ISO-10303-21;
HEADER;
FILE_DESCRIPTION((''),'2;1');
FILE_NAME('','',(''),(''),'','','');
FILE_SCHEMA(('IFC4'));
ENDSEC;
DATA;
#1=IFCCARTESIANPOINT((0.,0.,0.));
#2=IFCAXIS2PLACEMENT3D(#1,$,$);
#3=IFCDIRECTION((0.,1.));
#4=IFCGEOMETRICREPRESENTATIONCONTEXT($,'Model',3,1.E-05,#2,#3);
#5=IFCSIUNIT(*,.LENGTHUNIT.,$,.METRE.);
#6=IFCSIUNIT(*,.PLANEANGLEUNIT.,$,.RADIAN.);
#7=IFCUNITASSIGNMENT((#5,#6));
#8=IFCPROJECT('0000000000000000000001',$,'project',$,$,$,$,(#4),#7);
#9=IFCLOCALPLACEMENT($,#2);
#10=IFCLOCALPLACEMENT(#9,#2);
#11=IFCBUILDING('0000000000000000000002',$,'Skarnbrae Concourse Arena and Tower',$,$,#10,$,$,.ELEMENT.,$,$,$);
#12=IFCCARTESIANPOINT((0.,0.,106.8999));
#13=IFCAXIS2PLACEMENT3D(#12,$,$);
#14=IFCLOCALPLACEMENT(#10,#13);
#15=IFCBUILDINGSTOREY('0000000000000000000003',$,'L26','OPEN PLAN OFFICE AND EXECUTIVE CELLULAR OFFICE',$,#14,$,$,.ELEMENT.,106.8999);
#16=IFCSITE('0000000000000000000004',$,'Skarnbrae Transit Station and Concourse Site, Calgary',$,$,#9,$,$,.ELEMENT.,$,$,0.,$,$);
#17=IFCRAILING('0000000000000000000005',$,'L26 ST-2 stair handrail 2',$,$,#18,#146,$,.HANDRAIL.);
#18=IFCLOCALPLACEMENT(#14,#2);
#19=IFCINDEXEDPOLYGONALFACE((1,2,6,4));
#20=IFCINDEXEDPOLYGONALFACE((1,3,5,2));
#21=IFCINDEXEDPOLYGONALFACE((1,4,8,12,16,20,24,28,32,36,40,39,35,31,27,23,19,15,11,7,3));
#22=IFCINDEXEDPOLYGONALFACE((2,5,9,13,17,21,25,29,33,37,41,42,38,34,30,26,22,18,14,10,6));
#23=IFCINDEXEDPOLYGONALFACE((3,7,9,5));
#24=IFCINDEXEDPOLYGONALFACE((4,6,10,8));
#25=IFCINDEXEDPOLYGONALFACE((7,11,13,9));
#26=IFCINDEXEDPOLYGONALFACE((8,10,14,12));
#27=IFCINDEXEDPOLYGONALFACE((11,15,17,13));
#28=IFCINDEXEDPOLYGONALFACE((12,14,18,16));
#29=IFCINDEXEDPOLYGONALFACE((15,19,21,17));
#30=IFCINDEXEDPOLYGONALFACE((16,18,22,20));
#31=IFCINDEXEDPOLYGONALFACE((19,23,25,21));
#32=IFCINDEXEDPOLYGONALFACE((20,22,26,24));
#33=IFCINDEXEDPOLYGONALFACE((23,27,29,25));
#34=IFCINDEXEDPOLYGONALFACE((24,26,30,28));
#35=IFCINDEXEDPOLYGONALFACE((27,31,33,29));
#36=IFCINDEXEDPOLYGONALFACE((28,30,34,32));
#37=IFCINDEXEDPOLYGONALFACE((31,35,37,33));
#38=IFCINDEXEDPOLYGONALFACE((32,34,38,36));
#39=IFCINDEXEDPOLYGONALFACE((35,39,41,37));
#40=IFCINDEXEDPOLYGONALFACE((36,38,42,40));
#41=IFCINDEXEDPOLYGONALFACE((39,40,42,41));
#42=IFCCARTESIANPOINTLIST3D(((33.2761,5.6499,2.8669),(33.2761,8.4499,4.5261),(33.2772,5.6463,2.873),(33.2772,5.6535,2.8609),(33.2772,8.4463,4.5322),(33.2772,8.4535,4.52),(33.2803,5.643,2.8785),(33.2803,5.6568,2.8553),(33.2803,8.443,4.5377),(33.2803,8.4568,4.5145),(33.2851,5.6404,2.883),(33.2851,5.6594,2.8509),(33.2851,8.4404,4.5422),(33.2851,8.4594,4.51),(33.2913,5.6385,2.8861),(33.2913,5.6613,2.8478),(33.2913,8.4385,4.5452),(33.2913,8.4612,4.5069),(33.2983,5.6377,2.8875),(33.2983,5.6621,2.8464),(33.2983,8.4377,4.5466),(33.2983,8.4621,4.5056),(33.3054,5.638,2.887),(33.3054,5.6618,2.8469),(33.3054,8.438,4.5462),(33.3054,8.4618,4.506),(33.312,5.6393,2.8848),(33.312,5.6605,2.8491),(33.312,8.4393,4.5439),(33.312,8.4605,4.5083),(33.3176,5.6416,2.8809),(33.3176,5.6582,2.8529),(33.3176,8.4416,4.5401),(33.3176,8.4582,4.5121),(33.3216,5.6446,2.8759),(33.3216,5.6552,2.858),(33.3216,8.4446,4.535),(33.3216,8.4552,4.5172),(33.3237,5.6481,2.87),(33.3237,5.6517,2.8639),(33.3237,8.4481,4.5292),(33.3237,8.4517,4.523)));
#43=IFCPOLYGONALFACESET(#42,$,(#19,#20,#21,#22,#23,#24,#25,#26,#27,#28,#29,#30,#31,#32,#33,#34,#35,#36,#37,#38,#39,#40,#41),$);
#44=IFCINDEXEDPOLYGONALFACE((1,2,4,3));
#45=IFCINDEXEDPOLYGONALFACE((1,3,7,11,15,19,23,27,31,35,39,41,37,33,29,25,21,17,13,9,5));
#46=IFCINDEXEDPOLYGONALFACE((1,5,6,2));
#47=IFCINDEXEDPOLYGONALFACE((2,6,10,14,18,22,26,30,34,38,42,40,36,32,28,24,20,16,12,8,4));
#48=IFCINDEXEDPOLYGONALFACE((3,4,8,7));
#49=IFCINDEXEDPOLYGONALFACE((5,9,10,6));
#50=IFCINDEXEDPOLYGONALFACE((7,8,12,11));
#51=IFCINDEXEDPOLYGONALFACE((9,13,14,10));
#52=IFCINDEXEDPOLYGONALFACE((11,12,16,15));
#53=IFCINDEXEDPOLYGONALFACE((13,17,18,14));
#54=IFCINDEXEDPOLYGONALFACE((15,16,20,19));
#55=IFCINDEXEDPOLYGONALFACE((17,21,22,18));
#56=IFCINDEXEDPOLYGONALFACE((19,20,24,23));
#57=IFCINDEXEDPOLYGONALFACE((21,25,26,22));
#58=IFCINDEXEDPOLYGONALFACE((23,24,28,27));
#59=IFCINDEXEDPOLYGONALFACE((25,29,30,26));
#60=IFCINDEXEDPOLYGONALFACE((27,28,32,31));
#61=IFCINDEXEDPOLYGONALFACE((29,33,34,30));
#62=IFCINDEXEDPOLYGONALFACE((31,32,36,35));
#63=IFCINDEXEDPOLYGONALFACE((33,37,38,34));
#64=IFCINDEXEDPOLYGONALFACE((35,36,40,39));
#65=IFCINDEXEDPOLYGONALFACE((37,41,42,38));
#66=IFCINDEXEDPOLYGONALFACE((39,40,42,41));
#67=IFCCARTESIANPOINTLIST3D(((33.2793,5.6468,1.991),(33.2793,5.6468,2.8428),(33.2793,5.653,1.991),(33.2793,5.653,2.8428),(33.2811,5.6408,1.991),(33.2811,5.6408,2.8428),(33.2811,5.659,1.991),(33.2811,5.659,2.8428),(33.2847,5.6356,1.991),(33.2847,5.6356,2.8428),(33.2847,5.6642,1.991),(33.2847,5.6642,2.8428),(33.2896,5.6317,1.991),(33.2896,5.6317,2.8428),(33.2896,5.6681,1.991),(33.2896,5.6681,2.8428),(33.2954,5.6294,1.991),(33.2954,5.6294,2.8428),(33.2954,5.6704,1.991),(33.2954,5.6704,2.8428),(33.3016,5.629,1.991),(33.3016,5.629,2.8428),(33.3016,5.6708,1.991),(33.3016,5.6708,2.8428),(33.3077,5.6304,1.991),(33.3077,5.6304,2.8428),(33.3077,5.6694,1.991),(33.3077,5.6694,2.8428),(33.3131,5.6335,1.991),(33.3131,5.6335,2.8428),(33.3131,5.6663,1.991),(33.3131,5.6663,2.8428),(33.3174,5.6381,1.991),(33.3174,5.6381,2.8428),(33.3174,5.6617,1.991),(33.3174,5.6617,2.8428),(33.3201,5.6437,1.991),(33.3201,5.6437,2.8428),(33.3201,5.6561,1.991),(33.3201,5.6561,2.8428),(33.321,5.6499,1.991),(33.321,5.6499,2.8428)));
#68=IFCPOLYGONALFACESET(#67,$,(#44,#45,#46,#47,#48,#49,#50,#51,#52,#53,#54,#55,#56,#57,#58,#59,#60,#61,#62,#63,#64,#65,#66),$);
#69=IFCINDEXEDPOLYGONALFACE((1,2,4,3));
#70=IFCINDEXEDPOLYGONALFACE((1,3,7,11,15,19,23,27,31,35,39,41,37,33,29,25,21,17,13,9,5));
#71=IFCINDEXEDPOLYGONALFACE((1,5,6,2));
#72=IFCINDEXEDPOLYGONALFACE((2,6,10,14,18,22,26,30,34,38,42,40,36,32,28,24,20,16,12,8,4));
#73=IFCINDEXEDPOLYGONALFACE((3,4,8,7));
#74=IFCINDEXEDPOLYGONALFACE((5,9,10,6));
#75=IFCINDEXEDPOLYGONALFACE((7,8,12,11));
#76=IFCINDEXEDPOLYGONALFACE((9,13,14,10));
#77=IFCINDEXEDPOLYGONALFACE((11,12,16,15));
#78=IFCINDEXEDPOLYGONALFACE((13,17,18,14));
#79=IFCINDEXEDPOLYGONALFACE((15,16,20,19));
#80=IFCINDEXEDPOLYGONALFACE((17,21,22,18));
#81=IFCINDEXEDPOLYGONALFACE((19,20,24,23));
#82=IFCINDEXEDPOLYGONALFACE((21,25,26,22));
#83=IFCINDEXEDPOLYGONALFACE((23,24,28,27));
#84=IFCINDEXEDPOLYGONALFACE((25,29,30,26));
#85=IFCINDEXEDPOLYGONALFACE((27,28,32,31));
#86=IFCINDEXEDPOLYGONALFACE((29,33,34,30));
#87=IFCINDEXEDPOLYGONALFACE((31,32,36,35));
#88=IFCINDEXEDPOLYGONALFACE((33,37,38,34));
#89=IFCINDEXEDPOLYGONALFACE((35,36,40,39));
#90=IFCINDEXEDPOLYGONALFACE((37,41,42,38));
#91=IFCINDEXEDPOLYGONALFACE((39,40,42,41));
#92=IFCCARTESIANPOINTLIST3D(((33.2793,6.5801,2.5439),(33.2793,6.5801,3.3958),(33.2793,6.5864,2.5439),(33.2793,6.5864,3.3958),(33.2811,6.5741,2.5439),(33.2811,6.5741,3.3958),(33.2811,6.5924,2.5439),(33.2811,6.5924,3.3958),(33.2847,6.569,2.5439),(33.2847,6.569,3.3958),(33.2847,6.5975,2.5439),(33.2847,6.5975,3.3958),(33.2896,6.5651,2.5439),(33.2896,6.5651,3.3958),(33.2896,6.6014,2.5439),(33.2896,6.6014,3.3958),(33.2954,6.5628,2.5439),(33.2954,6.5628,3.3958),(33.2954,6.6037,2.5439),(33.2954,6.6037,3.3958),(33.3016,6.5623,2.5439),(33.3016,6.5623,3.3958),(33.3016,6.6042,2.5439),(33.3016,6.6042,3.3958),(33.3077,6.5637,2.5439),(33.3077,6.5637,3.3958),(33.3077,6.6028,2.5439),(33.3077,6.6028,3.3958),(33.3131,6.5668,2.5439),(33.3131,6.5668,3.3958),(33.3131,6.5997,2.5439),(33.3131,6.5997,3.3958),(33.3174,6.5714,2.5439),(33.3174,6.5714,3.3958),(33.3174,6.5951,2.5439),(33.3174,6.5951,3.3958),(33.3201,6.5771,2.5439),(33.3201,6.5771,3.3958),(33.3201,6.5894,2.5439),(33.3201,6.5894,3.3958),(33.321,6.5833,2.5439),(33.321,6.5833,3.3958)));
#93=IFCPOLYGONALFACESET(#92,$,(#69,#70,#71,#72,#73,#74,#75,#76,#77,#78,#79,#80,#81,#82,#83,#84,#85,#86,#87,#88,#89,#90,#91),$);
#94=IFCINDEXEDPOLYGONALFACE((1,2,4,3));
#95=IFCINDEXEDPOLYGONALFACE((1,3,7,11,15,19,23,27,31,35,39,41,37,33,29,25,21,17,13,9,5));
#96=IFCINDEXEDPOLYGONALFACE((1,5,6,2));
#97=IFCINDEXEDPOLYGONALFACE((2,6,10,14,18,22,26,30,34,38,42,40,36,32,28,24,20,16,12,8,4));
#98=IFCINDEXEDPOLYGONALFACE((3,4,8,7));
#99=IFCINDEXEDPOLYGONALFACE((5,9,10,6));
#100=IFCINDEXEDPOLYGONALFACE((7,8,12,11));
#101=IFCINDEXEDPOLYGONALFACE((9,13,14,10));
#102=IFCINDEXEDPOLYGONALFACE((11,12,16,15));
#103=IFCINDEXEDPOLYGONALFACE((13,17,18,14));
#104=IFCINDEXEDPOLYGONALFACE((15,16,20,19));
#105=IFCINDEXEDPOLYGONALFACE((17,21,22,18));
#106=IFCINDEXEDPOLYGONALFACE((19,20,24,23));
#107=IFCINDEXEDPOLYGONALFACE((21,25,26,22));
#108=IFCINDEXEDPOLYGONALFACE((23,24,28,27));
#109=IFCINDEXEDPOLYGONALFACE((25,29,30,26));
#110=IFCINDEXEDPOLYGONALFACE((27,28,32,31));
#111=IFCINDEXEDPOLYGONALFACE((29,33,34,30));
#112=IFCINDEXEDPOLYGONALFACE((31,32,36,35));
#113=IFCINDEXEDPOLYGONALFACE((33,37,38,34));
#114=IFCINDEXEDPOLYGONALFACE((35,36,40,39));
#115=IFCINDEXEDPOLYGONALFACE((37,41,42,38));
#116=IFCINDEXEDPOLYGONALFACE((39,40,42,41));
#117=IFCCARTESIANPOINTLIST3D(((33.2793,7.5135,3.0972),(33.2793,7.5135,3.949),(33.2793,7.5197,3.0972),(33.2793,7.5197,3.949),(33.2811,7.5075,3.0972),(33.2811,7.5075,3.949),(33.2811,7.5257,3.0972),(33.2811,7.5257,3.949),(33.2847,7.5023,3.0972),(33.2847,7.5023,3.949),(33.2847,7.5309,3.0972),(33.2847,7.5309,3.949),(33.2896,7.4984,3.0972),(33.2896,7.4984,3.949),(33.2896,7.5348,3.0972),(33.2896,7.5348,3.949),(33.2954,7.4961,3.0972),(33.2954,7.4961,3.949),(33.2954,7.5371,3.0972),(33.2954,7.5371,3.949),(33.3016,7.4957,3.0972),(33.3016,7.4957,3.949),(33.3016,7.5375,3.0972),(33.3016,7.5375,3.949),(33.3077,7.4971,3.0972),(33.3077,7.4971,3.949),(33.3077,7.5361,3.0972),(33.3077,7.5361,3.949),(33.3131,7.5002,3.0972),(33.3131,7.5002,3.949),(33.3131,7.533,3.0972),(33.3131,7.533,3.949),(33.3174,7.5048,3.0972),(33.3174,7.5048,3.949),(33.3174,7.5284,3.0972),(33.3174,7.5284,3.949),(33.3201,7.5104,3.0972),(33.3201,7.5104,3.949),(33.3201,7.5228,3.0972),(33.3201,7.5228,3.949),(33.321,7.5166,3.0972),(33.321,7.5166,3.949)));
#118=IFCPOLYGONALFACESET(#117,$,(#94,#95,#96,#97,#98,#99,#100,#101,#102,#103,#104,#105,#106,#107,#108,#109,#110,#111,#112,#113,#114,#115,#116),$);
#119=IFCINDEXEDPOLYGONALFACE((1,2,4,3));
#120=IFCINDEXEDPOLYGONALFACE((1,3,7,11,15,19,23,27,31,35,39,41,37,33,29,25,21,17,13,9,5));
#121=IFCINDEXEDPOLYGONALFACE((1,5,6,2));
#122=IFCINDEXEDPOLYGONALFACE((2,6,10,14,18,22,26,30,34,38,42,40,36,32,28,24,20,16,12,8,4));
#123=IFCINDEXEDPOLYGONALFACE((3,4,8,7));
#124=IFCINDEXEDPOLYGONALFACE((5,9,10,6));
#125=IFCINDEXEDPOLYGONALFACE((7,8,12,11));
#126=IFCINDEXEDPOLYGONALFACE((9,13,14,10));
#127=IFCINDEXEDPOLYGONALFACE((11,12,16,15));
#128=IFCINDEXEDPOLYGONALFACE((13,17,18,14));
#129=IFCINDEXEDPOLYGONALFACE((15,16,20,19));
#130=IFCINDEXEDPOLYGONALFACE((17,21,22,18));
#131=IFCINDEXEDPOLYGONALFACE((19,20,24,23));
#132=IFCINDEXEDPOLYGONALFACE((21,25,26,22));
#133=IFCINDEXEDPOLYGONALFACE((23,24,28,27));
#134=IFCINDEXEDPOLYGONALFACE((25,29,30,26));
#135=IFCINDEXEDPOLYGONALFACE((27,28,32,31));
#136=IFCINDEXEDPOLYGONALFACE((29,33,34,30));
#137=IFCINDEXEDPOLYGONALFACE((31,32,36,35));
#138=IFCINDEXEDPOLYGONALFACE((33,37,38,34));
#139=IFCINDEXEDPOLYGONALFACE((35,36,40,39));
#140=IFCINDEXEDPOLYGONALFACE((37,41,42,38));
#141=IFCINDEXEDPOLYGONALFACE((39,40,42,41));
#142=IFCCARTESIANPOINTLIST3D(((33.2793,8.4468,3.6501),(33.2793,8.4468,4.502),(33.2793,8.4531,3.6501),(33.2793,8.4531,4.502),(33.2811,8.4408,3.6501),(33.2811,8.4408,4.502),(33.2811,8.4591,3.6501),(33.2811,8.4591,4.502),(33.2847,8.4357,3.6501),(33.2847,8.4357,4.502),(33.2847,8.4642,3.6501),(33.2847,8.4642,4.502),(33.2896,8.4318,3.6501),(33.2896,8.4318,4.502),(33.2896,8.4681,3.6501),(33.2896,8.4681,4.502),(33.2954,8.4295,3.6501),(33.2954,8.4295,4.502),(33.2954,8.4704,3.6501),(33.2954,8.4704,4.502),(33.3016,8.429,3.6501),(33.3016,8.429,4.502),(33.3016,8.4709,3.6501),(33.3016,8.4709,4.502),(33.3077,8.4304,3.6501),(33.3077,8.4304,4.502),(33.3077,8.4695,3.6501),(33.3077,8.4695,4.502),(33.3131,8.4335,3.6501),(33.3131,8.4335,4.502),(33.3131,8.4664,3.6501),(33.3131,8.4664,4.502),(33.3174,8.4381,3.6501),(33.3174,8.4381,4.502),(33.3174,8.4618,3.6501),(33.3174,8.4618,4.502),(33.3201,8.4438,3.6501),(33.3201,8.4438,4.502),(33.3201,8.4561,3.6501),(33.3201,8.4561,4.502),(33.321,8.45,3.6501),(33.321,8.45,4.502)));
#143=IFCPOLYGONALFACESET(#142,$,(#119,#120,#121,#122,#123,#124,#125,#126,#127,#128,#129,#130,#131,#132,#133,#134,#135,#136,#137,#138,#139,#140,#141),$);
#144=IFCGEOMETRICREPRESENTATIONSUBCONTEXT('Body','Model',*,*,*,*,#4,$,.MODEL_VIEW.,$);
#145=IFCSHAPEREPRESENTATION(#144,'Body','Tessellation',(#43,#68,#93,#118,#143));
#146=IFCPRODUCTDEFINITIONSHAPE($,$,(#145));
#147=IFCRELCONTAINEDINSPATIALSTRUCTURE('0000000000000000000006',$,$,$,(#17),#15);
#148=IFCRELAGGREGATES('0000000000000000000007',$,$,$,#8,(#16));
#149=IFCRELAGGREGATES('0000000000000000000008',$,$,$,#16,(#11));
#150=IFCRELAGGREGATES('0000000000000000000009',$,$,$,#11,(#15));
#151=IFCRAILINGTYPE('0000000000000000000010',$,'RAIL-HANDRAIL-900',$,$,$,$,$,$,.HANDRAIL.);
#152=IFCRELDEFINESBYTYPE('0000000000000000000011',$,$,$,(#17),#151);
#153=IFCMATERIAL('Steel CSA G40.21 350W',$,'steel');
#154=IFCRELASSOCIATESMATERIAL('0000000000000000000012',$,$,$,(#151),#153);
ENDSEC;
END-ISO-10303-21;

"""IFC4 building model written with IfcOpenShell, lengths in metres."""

from ifc_helpers import new_model, si_unit, direction, frame, origin, origin_2d, place, context, subcontext, project, spatial, circle, extrude, material, type_object, element, save


model = new_model("IFC4")

# Units and contexts
model_context = context("Model", 3, precision=1e-05, world=origin(), true_north=direction((0.0, 1.0)))
body_context = subcontext(model_context, "Body", "Model", "MODEL_VIEW")
ifc_project = project(units=[si_unit("LENGTHUNIT", "METRE"), si_unit("PLANEANGLEUNIT", "RADIAN")], contexts=[model_context])

# Site, building, storey
site_placement = place(None, origin())
site = spatial("IfcSite", under=ifc_project, at=site_placement, Name="Skarnbrae Transit Station and Concourse Site, Calgary", CompositionType="ELEMENT", RefElevation=0.0)
building_placement = place(site_placement, origin())
building = spatial("IfcBuilding", under=site, at=building_placement, Name="Skarnbrae Concourse Arena and Tower", CompositionType="ELEMENT")
storey_placement = place(building_placement, frame((0.0, 0.0, 106.8999)))
storey = spatial("IfcBuildingStorey", under=building, at=storey_placement, Name="L26", Description="OPEN PLAN OFFICE AND EXECUTIVE CELLULAR OFFICE", CompositionType="ELEMENT", Elevation=106.8999)

# Railing
ifc_material_1 = material(Name="Steel CSA G40.21 350W", Category="steel")
railing_type_1 = type_object("IfcRailingType", Name="RAIL-HANDRAIL-900", PredefinedType="HANDRAIL", material=ifc_material_1)
railing_1_placement = place(storey_placement, frame((33.3, 5.6499, 1.991)))
element("IfcRailing", 1, at=railing_1_placement, inside=storey, type_object=railing_type_1, Name="L26 ST-2 stair handrail 2", PredefinedType="HANDRAIL", context=body_context, shape_type="SweptSolid", body=[
    extrude(circle(Radius=0.0239, at=origin_2d()), frame((0.0, 0.0, 0.876), z_axis=(0.0, 0.860306, 0.509778), x_axis=(-1.0, 0.0, 0.0)), (0.0, 0.0, 1.0), 3.2546),
    extrude(circle(Radius=0.021, at=origin_2d()), origin(), (0.0, 0.0, 1.0), 0.8518),
    extrude(circle(Radius=0.021, at=origin_2d()), frame((0.0, 0.9333, 0.553)), (0.0, 0.0, 1.0), 0.8518),
    extrude(circle(Radius=0.021, at=origin_2d()), frame((0.0, 1.8667, 1.1062)), (0.0, 0.0, 1.0), 0.8518),
    extrude(circle(Radius=0.021, at=origin_2d()), frame((0.0, 2.8, 1.6592)), (0.0, 0.0, 1.0), 0.8518),
])

save(model, "model.ifc")
